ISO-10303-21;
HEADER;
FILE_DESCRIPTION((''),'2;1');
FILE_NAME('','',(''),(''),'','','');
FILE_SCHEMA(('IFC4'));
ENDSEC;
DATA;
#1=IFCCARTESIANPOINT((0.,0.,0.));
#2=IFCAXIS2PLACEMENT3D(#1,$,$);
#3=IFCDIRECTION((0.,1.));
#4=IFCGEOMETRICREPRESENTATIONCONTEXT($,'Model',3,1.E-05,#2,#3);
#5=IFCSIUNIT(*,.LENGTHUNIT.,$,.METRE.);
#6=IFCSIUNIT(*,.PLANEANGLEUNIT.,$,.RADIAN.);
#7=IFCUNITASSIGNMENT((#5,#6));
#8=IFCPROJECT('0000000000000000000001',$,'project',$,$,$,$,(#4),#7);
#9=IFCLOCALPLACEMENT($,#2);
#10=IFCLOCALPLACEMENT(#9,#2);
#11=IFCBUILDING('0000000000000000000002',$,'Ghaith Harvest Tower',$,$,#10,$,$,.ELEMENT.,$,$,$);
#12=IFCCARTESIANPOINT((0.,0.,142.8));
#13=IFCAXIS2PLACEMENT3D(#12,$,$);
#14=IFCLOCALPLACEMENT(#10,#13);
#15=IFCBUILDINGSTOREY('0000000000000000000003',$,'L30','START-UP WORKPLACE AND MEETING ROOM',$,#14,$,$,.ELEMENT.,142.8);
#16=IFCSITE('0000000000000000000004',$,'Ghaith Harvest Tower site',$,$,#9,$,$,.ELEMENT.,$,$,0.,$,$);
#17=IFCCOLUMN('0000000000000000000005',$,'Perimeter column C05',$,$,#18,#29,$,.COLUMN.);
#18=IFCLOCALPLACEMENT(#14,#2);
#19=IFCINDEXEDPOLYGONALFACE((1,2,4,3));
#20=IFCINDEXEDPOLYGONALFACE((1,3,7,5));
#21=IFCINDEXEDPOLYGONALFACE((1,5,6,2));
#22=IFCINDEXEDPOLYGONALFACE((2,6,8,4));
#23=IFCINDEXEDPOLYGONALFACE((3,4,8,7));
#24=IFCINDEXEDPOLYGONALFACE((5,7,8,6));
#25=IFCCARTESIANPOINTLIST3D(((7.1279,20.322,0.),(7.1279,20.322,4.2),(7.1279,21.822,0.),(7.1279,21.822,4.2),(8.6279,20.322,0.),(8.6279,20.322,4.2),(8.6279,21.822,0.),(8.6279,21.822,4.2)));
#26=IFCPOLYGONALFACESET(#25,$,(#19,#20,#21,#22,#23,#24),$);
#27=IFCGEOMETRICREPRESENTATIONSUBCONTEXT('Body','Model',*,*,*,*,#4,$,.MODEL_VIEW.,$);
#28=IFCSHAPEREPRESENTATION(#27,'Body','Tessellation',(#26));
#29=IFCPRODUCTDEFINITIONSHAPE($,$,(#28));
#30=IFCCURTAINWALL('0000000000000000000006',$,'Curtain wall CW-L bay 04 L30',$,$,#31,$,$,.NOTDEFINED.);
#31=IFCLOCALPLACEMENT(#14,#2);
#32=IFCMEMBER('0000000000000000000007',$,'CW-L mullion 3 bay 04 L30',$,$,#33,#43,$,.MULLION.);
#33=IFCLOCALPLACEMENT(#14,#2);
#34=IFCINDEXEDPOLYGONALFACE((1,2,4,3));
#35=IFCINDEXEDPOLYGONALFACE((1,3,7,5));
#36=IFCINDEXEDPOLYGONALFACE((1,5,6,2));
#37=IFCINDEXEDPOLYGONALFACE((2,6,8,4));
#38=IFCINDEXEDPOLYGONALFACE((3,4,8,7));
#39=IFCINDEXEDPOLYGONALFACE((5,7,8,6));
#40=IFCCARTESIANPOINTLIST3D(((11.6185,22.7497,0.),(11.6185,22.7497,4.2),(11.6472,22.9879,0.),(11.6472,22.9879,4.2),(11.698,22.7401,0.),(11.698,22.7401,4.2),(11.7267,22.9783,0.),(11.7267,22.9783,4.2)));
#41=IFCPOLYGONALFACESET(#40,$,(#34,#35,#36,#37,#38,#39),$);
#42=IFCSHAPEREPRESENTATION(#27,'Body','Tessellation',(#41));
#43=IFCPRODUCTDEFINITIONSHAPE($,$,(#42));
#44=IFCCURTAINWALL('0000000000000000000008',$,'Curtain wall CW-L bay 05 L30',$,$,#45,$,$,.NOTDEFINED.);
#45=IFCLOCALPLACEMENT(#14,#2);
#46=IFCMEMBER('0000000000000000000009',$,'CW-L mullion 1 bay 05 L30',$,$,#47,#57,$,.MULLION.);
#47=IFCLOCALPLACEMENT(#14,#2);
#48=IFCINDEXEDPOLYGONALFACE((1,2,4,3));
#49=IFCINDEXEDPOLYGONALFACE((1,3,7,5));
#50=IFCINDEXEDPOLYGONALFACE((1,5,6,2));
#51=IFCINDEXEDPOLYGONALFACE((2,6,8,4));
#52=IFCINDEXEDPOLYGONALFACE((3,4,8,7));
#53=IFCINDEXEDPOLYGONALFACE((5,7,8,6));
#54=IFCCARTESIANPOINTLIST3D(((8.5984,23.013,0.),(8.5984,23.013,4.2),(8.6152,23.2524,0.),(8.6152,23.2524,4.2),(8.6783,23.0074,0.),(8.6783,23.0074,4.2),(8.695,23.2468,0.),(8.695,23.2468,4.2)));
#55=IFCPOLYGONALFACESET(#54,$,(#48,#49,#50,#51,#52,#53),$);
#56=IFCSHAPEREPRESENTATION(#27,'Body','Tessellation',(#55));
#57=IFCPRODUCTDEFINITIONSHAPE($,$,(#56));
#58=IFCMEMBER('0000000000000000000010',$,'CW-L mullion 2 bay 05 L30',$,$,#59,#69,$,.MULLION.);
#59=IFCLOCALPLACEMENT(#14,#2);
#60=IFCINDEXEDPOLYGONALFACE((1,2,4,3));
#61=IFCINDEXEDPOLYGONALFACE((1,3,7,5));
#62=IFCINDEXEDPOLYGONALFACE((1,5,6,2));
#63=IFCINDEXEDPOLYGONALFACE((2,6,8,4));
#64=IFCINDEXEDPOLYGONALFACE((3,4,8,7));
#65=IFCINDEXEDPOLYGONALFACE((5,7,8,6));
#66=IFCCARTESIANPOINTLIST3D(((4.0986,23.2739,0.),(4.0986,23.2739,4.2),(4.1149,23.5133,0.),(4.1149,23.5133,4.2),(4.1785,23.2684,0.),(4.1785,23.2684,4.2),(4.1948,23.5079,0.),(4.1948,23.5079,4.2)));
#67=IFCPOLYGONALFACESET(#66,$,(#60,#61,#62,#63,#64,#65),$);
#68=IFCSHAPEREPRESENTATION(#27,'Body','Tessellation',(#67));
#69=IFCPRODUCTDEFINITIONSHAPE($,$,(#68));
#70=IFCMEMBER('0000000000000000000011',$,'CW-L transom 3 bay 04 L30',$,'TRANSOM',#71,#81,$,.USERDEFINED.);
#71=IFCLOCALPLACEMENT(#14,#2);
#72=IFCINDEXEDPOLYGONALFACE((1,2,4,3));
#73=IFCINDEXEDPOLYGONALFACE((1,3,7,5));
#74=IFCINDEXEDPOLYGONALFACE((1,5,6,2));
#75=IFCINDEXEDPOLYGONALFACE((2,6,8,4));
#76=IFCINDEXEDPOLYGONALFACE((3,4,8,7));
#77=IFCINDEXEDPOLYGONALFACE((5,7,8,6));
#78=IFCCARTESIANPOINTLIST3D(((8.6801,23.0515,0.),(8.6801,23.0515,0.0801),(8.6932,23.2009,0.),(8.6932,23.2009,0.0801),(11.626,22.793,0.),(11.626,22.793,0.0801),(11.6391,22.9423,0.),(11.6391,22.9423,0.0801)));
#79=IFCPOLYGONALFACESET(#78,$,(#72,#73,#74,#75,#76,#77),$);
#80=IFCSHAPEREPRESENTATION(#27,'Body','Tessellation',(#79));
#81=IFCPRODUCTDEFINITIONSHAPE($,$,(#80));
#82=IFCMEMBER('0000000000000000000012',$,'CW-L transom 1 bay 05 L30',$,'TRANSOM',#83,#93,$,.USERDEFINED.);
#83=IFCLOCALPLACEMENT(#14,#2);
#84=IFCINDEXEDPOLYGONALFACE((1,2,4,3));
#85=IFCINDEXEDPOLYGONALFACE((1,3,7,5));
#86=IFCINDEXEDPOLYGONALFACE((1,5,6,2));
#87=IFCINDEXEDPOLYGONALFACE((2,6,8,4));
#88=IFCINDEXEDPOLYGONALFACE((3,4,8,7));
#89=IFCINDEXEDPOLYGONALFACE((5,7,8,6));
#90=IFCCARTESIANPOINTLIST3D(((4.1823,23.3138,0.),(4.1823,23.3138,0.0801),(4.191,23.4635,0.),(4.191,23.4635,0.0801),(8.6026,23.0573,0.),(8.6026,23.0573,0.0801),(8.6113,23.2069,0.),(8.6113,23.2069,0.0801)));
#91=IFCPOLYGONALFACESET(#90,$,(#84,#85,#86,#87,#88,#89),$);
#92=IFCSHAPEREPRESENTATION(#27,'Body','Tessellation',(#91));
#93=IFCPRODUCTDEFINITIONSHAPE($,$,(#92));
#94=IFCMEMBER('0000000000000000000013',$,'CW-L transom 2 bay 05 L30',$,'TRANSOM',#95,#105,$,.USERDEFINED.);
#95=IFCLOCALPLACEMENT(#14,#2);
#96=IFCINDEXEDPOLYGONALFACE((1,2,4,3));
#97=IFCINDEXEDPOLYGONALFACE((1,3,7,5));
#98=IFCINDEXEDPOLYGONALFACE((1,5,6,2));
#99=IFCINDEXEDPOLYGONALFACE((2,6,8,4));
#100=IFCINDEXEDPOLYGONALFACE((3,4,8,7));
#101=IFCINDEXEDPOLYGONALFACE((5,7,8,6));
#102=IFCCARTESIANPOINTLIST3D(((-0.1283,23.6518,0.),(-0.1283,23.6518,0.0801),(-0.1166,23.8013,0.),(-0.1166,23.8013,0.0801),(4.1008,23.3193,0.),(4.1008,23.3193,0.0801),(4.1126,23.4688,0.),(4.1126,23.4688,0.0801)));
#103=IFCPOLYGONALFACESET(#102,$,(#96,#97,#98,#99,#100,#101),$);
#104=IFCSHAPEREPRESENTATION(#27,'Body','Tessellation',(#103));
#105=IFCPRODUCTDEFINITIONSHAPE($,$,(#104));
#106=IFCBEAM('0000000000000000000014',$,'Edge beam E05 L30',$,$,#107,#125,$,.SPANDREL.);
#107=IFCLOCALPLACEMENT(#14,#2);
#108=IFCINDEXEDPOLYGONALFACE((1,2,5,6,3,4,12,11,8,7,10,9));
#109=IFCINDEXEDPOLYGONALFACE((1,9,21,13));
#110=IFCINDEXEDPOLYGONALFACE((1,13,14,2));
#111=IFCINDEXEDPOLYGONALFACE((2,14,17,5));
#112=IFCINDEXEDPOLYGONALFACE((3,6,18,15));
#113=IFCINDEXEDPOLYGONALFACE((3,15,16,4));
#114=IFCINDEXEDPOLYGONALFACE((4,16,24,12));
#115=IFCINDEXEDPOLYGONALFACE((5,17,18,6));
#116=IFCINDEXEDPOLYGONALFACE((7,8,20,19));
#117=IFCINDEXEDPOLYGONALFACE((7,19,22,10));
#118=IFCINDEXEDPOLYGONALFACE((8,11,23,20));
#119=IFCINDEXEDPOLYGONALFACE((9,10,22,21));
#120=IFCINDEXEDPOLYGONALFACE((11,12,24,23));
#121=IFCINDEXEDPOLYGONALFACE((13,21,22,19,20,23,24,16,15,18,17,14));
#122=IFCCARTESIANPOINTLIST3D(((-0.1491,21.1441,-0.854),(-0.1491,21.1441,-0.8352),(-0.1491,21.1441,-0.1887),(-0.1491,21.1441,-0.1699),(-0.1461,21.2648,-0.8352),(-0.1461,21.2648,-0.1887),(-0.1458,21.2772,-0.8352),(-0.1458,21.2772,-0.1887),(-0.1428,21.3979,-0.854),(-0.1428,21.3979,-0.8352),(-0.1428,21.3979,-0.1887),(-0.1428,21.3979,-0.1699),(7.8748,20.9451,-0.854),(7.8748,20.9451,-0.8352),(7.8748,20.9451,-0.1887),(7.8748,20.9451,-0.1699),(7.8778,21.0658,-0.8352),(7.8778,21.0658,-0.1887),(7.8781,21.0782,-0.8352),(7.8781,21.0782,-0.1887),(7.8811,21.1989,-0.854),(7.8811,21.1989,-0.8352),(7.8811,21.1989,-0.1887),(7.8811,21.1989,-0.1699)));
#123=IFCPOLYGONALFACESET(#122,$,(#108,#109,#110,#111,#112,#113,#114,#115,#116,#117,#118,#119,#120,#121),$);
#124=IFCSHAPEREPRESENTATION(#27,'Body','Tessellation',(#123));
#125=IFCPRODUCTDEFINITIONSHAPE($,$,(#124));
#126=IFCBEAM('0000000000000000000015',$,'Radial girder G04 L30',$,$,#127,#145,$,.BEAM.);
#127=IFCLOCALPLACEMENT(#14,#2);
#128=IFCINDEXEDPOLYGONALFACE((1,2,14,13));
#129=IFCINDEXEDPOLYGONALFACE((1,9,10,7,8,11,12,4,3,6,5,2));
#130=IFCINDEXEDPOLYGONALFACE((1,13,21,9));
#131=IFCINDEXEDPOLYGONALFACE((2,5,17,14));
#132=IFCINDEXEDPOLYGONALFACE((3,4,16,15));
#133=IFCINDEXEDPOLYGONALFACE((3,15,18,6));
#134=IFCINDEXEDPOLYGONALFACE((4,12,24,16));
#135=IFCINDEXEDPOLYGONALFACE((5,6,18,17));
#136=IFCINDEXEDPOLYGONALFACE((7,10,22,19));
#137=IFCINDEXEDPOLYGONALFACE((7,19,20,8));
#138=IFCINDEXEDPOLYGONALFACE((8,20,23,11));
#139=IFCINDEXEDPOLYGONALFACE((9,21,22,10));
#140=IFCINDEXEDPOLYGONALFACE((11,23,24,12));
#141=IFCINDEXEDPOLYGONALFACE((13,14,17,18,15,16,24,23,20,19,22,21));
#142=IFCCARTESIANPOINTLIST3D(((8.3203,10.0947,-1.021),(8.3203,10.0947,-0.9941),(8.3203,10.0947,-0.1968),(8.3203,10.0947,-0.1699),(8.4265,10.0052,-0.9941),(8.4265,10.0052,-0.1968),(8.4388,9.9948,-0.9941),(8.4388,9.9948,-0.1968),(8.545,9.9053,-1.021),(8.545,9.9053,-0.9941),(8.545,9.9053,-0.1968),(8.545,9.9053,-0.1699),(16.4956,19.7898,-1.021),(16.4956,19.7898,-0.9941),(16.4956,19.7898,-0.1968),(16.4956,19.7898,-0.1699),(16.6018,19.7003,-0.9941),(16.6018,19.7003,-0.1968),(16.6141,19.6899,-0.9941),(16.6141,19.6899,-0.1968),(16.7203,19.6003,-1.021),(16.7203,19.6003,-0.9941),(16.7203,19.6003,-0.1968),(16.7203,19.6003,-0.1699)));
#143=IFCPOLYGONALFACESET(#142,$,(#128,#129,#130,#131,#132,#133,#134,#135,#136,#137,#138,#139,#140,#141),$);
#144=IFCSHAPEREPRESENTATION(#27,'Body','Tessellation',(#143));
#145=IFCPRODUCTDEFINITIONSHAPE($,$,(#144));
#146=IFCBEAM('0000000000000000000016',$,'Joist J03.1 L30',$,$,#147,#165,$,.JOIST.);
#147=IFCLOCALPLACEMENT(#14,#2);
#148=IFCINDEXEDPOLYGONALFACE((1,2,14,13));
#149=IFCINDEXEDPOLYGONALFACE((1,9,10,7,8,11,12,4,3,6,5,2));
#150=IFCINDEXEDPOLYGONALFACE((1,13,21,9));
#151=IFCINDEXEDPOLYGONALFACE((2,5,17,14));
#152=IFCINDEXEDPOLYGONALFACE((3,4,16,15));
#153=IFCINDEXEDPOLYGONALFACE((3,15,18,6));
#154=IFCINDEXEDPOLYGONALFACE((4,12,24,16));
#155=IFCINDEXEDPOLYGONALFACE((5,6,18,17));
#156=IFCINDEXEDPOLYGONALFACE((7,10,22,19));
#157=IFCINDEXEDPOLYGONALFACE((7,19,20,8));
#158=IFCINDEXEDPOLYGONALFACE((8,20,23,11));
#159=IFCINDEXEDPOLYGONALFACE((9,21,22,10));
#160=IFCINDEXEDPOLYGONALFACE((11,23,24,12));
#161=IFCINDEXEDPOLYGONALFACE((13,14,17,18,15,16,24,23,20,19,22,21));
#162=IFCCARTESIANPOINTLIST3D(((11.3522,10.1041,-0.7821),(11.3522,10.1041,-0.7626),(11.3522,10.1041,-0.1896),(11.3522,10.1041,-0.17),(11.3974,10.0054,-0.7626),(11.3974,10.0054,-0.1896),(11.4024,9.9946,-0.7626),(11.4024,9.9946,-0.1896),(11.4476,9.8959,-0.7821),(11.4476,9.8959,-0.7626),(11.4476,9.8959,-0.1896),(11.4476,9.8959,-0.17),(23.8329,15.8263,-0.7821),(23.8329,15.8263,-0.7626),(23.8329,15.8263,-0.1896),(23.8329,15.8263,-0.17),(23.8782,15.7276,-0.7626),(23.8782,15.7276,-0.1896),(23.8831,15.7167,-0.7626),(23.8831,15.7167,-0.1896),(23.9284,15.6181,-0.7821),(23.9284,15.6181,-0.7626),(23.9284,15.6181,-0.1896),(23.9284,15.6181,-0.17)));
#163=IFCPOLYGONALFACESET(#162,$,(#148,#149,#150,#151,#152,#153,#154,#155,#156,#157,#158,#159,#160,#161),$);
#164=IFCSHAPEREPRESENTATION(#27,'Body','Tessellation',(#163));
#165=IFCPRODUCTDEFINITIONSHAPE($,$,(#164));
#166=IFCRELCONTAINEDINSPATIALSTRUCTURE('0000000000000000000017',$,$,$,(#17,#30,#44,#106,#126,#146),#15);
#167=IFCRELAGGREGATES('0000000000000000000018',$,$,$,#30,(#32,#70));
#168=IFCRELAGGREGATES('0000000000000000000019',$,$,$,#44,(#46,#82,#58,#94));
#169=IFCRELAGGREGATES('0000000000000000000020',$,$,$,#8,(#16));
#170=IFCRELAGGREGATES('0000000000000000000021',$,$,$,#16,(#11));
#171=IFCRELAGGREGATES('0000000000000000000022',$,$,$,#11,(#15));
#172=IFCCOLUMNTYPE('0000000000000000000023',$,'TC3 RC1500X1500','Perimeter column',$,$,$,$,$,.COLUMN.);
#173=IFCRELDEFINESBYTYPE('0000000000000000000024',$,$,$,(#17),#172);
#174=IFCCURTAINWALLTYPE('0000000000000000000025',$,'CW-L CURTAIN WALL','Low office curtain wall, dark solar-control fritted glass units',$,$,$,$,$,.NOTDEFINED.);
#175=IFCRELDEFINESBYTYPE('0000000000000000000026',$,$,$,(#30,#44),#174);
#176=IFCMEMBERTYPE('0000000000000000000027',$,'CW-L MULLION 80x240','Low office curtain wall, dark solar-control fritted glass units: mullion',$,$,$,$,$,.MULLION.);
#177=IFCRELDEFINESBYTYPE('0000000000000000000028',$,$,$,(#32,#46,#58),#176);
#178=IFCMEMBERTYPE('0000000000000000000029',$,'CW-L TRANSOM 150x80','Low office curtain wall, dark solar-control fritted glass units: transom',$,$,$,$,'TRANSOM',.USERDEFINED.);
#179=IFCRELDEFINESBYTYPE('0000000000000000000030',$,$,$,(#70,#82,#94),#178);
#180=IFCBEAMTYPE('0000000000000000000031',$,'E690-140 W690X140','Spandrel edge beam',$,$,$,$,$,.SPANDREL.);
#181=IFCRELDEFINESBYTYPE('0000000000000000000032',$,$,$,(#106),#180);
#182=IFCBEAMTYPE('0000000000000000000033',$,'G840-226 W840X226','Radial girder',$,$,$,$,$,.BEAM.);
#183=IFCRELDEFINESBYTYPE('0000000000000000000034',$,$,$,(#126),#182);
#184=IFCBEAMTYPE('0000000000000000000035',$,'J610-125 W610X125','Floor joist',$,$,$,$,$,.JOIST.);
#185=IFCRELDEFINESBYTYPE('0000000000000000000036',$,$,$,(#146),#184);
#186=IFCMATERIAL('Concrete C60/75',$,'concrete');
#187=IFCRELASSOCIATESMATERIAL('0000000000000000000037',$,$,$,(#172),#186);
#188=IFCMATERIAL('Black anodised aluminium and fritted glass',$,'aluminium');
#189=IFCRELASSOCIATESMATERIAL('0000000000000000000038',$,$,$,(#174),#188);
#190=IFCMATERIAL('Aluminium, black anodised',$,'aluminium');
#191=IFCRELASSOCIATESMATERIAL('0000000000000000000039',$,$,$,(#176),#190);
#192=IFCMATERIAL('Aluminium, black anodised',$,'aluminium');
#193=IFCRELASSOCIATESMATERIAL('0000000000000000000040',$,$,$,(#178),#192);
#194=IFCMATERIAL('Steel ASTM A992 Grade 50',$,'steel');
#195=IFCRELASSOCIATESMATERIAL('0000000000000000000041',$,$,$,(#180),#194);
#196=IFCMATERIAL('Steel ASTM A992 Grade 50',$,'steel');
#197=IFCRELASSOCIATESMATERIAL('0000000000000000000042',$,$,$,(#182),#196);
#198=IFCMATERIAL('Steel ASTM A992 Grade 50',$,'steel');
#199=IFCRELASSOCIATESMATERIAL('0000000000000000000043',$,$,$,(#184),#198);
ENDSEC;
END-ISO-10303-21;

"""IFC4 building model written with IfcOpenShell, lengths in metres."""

from ifc_helpers import new_model, si_unit, direction, frame, origin, origin_2d, place, context, subcontext, project, spatial, rectangle, i_section, extrude, material, material_profile, profile_set, type_object, element, aggregate, save


model = new_model("IFC4")

# Units and contexts
model_context = context("Model", 3, precision=1e-05, world=origin(), true_north=direction((0.0, 1.0)))
body_context = subcontext(model_context, "Body", "Model", "MODEL_VIEW")
ifc_project = project(units=[si_unit("LENGTHUNIT", "METRE"), si_unit("PLANEANGLEUNIT", "RADIAN")], contexts=[model_context])

# Site, building, storey
site_placement = place(None, origin())
site = spatial("IfcSite", under=ifc_project, at=site_placement, Name="Ghaith Harvest Tower site", CompositionType="ELEMENT", RefElevation=0.0)
building_placement = place(site_placement, origin())
building = spatial("IfcBuilding", under=site, at=building_placement, Name="Ghaith Harvest Tower", CompositionType="ELEMENT")
storey_placement = place(building_placement, frame((0.0, 0.0, 142.8)))
storey = spatial("IfcBuildingStorey", under=building, at=storey_placement, Name="L30", Description="START-UP WORKPLACE AND MEETING ROOM", CompositionType="ELEMENT", Elevation=142.8)

# Column
ifc_material_1 = material(Name="Concrete C60/75", Category="concrete")
ifc_material_profile_1 = material_profile(ifc_material_1, rectangle(XDim=1.5, YDim=1.5, at=origin_2d()), Name="RC1500X1500")
ifc_profile_set_1 = profile_set([ifc_material_profile_1], Name="Concrete C60/75")
column_type = type_object("IfcColumnType", Name="TC3 RC1500X1500", Description="Perimeter column", PredefinedType="COLUMN", material=ifc_profile_set_1)
column_placement = place(storey_placement, frame((7.8779, 21.072, 0.0), z_axis=(0.0, 0.0, 1.0), x_axis=(1.0, 0.0, 0.0)))
element("IfcColumn", 1, at=column_placement, inside=storey, type_object=column_type, Name="Perimeter column C05", PredefinedType="COLUMN", context=body_context, shape_type="SweptSolid", body=[
    extrude(rectangle(XDim=1.5, YDim=1.5, at=origin_2d()), origin(), (0.0, 0.0, 1.0), 4.2),
])

# Curtain wall, member
ifc_material_2 = material(Name="Black anodised aluminium and fritted glass", Category="aluminium")
curtain_wall_type = type_object("IfcCurtainWallType", Name="CW-L CURTAIN WALL", Description="Low office curtain wall, dark solar-control fritted glass units", PredefinedType="NOTDEFINED", material=ifc_material_2)
curtain_wall_1_placement = place(storey_placement, origin())
curtain_wall_1 = element("IfcCurtainWall", 2, at=curtain_wall_1_placement, inside=storey, type_object=curtain_wall_type, Name="Curtain wall CW-L bay 04 L30", PredefinedType="NOTDEFINED")
ifc_material_3 = material(Name="Aluminium, black anodised", Category="aluminium")
ifc_material_profile_2 = material_profile(ifc_material_3, rectangle(XDim=0.0801, YDim=0.24, at=origin_2d()), Name="CW-L MULLION 80x240")
ifc_profile_set_2 = profile_set([ifc_material_profile_2], Name="Aluminium, black anodised")
member_type_1 = type_object("IfcMemberType", Name="CW-L MULLION 80x240", Description="Low office curtain wall, dark solar-control fritted glass units: mullion", PredefinedType="MULLION", material=ifc_profile_set_2)
member_1_placement = place(storey_placement, frame((11.6726, 22.864, 0.0), z_axis=(0.0, 0.0, 1.0), x_axis=(-0.9928, 0.11978, 0.0)))
member_1 = element("IfcMember", 3, at=member_1_placement, type_object=member_type_1, Name="CW-L mullion 3 bay 04 L30", PredefinedType="MULLION", context=body_context, shape_type="SweptSolid", body=[
    extrude(rectangle(XDim=0.0801, YDim=0.24, at=origin_2d()), origin(), (0.0, 0.0, 1.0), 4.2),
])

# Curtain wall, members
curtain_wall_2_placement = place(storey_placement, origin())
curtain_wall_2 = element("IfcCurtainWall", 4, at=curtain_wall_2_placement, inside=storey, type_object=curtain_wall_type, Name="Curtain wall CW-L bay 05 L30", PredefinedType="NOTDEFINED")
member_2_placement = place(storey_placement, frame((8.6467, 23.1299, 0.0), z_axis=(0.0, 0.0, 1.0), x_axis=(-0.997559, 0.069832, 0.0)))
member_2 = element("IfcMember", 5, at=member_2_placement, type_object=member_type_1, Name="CW-L mullion 1 bay 05 L30", PredefinedType="MULLION", context=body_context, shape_type="SweptSolid", body=[
    extrude(rectangle(XDim=0.0801, YDim=0.24, at=origin_2d()), origin(), (0.0, 0.0, 1.0), 4.2),
])
member_3_placement = place(storey_placement, frame((4.1467, 23.3909, 0.0), z_axis=(0.0, 0.0, 1.0), x_axis=(-0.99769, 0.067933, 0.0)))
member_3 = element("IfcMember", 6, at=member_3_placement, type_object=member_type_1, Name="CW-L mullion 2 bay 05 L30", PredefinedType="MULLION", context=body_context, shape_type="SweptSolid", body=[
    extrude(rectangle(XDim=0.0801, YDim=0.24, at=origin_2d()), origin(), (0.0, 0.0, 1.0), 4.2),
])

# Members
ifc_material_4 = material(Name="Aluminium, black anodised", Category="aluminium")
ifc_material_profile_3 = material_profile(ifc_material_4, rectangle(XDim=0.1499, YDim=0.0801, at=origin_2d()), Name="CW-L TRANSOM 150x80")
ifc_profile_set_3 = profile_set([ifc_material_profile_3], Name="Aluminium, black anodised")
member_type_2 = type_object("IfcMemberType", Name="CW-L TRANSOM 150x80", Description="Low office curtain wall, dark solar-control fritted glass units: transom", ElementType="TRANSOM", PredefinedType="USERDEFINED", material=ifc_profile_set_3)
member_4_placement = place(storey_placement, frame((11.6326, 22.8677, 0.04), z_axis=(-0.996171, 0.087424, 0.0), x_axis=(-0.087424, -0.996171, 0.0)))
member_4 = element("IfcMember", 7, at=member_4_placement, type_object=member_type_2, Name="CW-L transom 3 bay 04 L30", ObjectType="TRANSOM", PredefinedType="USERDEFINED", context=body_context, shape_type="SweptSolid", body=[
    extrude(rectangle(XDim=0.1499, YDim=0.0801, at=origin_2d()), origin(), (0.0, 0.0, 1.0), 2.9573),
])
member_5_placement = place(storey_placement, frame((8.6069, 23.1321, 0.04), z_axis=(-0.99832, 0.05795, 0.0), x_axis=(-0.05795, -0.99832, 0.0)))
member_5 = element("IfcMember", 8, at=member_5_placement, type_object=member_type_2, Name="CW-L transom 1 bay 05 L30", ObjectType="TRANSOM", PredefinedType="USERDEFINED", context=body_context, shape_type="SweptSolid", body=[
    extrude(rectangle(XDim=0.1499, YDim=0.0801, at=origin_2d()), origin(), (0.0, 0.0, 1.0), 4.4277),
])
member_6_placement = place(storey_placement, frame((4.1067, 23.394, 0.04), z_axis=(-0.996923, 0.078382, 0.0), x_axis=(-0.078382, -0.996923, 0.0)))
member_6 = element("IfcMember", 9, at=member_6_placement, type_object=member_type_2, Name="CW-L transom 2 bay 05 L30", ObjectType="TRANSOM", PredefinedType="USERDEFINED", context=body_context, shape_type="SweptSolid", body=[
    extrude(rectangle(XDim=0.1499, YDim=0.0801, at=origin_2d()), origin(), (0.0, 0.0, 1.0), 4.2422),
])

# Beams
ifc_material_5 = material(Name="Steel ASTM A992 Grade 50", Category="steel")
ifc_material_profile_4 = material_profile(ifc_material_5, i_section(OverallWidth=0.2539, OverallDepth=0.6841, WebThickness=0.0125, FlangeThickness=0.0188, at=origin_2d()), Name="W690X140")
ifc_profile_set_4 = profile_set([ifc_material_profile_4], Name="Steel ASTM A992 Grade 50")
beam_type_1 = type_object("IfcBeamType", Name="E690-140 W690X140", Description="Spandrel edge beam", PredefinedType="SPANDREL", material=ifc_profile_set_4)
beam_1_placement = place(storey_placement, frame((7.8779, 21.072, -0.512), z_axis=(-0.999693, 0.02479, 0.0), x_axis=(-0.02479, -0.999693, 0.0)))
element("IfcBeam", 10, at=beam_1_placement, inside=storey, type_object=beam_type_1, Name="Edge beam E05 L30", PredefinedType="SPANDREL", context=body_context, shape_type="SweptSolid", body=[
    extrude(i_section(OverallWidth=0.2539, OverallDepth=0.6841, WebThickness=0.0125, FlangeThickness=0.0188, at=origin_2d()), origin(), (0.0, 0.0, 1.0), 8.0264),
])
ifc_material_6 = material(Name="Steel ASTM A992 Grade 50", Category="steel")
ifc_material_profile_5 = material_profile(ifc_material_6, i_section(OverallWidth=0.2939, OverallDepth=0.8511, WebThickness=0.0161, FlangeThickness=0.0269, at=origin_2d()), Name="W840X226")
ifc_profile_set_5 = profile_set([ifc_material_profile_5], Name="Steel ASTM A992 Grade 50")
beam_type_2 = type_object("IfcBeamType", Name="G840-226 W840X226", Description="Radial girder", PredefinedType="BEAM", material=ifc_profile_set_5)
beam_2_placement = place(storey_placement, frame((8.4326, 10.0, -0.5955), z_axis=(0.644644, 0.764483, 0.0), x_axis=(-0.764483, 0.644644, 0.0)))
element("IfcBeam", 11, at=beam_2_placement, inside=storey, type_object=beam_type_2, Name="Radial girder G04 L30", PredefinedType="BEAM", context=body_context, shape_type="SweptSolid", body=[
    extrude(i_section(OverallWidth=0.2939, OverallDepth=0.8511, WebThickness=0.0161, FlangeThickness=0.0269, at=origin_2d()), origin(), (0.0, 0.0, 1.0), 12.6819),
])
ifc_material_7 = material(Name="Steel ASTM A992 Grade 50", Category="steel")
ifc_material_profile_6 = material_profile(ifc_material_7, i_section(OverallWidth=0.229, OverallDepth=0.6121, WebThickness=0.012, FlangeThickness=0.0195, at=origin_2d()), Name="W610X125")
ifc_profile_set_6 = profile_set([ifc_material_profile_6], Name="Steel ASTM A992 Grade 50")
beam_type_3 = type_object("IfcBeamType", Name="J610-125 W610X125", Description="Floor joist", PredefinedType="JOIST", material=ifc_profile_set_6)
beam_3_placement = place(storey_placement, frame((11.3999, 10.0, -0.4761), z_axis=(0.909014, 0.416766, 0.0), x_axis=(-0.416766, 0.909014, 0.0)))
element("IfcBeam", 12, at=beam_3_placement, inside=storey, type_object=beam_type_3, Name="Joist J03.1 L30", PredefinedType="JOIST", context=body_context, shape_type="SweptSolid", body=[
    extrude(i_section(OverallWidth=0.229, OverallDepth=0.6121, WebThickness=0.012, FlangeThickness=0.0195, at=origin_2d()), origin(), (0.0, 0.0, 1.0), 13.73),
])

aggregate(curtain_wall_1, [member_1, member_4])
aggregate(curtain_wall_2, [member_2, member_5, member_3, member_6])

save(model, "model.ifc")
